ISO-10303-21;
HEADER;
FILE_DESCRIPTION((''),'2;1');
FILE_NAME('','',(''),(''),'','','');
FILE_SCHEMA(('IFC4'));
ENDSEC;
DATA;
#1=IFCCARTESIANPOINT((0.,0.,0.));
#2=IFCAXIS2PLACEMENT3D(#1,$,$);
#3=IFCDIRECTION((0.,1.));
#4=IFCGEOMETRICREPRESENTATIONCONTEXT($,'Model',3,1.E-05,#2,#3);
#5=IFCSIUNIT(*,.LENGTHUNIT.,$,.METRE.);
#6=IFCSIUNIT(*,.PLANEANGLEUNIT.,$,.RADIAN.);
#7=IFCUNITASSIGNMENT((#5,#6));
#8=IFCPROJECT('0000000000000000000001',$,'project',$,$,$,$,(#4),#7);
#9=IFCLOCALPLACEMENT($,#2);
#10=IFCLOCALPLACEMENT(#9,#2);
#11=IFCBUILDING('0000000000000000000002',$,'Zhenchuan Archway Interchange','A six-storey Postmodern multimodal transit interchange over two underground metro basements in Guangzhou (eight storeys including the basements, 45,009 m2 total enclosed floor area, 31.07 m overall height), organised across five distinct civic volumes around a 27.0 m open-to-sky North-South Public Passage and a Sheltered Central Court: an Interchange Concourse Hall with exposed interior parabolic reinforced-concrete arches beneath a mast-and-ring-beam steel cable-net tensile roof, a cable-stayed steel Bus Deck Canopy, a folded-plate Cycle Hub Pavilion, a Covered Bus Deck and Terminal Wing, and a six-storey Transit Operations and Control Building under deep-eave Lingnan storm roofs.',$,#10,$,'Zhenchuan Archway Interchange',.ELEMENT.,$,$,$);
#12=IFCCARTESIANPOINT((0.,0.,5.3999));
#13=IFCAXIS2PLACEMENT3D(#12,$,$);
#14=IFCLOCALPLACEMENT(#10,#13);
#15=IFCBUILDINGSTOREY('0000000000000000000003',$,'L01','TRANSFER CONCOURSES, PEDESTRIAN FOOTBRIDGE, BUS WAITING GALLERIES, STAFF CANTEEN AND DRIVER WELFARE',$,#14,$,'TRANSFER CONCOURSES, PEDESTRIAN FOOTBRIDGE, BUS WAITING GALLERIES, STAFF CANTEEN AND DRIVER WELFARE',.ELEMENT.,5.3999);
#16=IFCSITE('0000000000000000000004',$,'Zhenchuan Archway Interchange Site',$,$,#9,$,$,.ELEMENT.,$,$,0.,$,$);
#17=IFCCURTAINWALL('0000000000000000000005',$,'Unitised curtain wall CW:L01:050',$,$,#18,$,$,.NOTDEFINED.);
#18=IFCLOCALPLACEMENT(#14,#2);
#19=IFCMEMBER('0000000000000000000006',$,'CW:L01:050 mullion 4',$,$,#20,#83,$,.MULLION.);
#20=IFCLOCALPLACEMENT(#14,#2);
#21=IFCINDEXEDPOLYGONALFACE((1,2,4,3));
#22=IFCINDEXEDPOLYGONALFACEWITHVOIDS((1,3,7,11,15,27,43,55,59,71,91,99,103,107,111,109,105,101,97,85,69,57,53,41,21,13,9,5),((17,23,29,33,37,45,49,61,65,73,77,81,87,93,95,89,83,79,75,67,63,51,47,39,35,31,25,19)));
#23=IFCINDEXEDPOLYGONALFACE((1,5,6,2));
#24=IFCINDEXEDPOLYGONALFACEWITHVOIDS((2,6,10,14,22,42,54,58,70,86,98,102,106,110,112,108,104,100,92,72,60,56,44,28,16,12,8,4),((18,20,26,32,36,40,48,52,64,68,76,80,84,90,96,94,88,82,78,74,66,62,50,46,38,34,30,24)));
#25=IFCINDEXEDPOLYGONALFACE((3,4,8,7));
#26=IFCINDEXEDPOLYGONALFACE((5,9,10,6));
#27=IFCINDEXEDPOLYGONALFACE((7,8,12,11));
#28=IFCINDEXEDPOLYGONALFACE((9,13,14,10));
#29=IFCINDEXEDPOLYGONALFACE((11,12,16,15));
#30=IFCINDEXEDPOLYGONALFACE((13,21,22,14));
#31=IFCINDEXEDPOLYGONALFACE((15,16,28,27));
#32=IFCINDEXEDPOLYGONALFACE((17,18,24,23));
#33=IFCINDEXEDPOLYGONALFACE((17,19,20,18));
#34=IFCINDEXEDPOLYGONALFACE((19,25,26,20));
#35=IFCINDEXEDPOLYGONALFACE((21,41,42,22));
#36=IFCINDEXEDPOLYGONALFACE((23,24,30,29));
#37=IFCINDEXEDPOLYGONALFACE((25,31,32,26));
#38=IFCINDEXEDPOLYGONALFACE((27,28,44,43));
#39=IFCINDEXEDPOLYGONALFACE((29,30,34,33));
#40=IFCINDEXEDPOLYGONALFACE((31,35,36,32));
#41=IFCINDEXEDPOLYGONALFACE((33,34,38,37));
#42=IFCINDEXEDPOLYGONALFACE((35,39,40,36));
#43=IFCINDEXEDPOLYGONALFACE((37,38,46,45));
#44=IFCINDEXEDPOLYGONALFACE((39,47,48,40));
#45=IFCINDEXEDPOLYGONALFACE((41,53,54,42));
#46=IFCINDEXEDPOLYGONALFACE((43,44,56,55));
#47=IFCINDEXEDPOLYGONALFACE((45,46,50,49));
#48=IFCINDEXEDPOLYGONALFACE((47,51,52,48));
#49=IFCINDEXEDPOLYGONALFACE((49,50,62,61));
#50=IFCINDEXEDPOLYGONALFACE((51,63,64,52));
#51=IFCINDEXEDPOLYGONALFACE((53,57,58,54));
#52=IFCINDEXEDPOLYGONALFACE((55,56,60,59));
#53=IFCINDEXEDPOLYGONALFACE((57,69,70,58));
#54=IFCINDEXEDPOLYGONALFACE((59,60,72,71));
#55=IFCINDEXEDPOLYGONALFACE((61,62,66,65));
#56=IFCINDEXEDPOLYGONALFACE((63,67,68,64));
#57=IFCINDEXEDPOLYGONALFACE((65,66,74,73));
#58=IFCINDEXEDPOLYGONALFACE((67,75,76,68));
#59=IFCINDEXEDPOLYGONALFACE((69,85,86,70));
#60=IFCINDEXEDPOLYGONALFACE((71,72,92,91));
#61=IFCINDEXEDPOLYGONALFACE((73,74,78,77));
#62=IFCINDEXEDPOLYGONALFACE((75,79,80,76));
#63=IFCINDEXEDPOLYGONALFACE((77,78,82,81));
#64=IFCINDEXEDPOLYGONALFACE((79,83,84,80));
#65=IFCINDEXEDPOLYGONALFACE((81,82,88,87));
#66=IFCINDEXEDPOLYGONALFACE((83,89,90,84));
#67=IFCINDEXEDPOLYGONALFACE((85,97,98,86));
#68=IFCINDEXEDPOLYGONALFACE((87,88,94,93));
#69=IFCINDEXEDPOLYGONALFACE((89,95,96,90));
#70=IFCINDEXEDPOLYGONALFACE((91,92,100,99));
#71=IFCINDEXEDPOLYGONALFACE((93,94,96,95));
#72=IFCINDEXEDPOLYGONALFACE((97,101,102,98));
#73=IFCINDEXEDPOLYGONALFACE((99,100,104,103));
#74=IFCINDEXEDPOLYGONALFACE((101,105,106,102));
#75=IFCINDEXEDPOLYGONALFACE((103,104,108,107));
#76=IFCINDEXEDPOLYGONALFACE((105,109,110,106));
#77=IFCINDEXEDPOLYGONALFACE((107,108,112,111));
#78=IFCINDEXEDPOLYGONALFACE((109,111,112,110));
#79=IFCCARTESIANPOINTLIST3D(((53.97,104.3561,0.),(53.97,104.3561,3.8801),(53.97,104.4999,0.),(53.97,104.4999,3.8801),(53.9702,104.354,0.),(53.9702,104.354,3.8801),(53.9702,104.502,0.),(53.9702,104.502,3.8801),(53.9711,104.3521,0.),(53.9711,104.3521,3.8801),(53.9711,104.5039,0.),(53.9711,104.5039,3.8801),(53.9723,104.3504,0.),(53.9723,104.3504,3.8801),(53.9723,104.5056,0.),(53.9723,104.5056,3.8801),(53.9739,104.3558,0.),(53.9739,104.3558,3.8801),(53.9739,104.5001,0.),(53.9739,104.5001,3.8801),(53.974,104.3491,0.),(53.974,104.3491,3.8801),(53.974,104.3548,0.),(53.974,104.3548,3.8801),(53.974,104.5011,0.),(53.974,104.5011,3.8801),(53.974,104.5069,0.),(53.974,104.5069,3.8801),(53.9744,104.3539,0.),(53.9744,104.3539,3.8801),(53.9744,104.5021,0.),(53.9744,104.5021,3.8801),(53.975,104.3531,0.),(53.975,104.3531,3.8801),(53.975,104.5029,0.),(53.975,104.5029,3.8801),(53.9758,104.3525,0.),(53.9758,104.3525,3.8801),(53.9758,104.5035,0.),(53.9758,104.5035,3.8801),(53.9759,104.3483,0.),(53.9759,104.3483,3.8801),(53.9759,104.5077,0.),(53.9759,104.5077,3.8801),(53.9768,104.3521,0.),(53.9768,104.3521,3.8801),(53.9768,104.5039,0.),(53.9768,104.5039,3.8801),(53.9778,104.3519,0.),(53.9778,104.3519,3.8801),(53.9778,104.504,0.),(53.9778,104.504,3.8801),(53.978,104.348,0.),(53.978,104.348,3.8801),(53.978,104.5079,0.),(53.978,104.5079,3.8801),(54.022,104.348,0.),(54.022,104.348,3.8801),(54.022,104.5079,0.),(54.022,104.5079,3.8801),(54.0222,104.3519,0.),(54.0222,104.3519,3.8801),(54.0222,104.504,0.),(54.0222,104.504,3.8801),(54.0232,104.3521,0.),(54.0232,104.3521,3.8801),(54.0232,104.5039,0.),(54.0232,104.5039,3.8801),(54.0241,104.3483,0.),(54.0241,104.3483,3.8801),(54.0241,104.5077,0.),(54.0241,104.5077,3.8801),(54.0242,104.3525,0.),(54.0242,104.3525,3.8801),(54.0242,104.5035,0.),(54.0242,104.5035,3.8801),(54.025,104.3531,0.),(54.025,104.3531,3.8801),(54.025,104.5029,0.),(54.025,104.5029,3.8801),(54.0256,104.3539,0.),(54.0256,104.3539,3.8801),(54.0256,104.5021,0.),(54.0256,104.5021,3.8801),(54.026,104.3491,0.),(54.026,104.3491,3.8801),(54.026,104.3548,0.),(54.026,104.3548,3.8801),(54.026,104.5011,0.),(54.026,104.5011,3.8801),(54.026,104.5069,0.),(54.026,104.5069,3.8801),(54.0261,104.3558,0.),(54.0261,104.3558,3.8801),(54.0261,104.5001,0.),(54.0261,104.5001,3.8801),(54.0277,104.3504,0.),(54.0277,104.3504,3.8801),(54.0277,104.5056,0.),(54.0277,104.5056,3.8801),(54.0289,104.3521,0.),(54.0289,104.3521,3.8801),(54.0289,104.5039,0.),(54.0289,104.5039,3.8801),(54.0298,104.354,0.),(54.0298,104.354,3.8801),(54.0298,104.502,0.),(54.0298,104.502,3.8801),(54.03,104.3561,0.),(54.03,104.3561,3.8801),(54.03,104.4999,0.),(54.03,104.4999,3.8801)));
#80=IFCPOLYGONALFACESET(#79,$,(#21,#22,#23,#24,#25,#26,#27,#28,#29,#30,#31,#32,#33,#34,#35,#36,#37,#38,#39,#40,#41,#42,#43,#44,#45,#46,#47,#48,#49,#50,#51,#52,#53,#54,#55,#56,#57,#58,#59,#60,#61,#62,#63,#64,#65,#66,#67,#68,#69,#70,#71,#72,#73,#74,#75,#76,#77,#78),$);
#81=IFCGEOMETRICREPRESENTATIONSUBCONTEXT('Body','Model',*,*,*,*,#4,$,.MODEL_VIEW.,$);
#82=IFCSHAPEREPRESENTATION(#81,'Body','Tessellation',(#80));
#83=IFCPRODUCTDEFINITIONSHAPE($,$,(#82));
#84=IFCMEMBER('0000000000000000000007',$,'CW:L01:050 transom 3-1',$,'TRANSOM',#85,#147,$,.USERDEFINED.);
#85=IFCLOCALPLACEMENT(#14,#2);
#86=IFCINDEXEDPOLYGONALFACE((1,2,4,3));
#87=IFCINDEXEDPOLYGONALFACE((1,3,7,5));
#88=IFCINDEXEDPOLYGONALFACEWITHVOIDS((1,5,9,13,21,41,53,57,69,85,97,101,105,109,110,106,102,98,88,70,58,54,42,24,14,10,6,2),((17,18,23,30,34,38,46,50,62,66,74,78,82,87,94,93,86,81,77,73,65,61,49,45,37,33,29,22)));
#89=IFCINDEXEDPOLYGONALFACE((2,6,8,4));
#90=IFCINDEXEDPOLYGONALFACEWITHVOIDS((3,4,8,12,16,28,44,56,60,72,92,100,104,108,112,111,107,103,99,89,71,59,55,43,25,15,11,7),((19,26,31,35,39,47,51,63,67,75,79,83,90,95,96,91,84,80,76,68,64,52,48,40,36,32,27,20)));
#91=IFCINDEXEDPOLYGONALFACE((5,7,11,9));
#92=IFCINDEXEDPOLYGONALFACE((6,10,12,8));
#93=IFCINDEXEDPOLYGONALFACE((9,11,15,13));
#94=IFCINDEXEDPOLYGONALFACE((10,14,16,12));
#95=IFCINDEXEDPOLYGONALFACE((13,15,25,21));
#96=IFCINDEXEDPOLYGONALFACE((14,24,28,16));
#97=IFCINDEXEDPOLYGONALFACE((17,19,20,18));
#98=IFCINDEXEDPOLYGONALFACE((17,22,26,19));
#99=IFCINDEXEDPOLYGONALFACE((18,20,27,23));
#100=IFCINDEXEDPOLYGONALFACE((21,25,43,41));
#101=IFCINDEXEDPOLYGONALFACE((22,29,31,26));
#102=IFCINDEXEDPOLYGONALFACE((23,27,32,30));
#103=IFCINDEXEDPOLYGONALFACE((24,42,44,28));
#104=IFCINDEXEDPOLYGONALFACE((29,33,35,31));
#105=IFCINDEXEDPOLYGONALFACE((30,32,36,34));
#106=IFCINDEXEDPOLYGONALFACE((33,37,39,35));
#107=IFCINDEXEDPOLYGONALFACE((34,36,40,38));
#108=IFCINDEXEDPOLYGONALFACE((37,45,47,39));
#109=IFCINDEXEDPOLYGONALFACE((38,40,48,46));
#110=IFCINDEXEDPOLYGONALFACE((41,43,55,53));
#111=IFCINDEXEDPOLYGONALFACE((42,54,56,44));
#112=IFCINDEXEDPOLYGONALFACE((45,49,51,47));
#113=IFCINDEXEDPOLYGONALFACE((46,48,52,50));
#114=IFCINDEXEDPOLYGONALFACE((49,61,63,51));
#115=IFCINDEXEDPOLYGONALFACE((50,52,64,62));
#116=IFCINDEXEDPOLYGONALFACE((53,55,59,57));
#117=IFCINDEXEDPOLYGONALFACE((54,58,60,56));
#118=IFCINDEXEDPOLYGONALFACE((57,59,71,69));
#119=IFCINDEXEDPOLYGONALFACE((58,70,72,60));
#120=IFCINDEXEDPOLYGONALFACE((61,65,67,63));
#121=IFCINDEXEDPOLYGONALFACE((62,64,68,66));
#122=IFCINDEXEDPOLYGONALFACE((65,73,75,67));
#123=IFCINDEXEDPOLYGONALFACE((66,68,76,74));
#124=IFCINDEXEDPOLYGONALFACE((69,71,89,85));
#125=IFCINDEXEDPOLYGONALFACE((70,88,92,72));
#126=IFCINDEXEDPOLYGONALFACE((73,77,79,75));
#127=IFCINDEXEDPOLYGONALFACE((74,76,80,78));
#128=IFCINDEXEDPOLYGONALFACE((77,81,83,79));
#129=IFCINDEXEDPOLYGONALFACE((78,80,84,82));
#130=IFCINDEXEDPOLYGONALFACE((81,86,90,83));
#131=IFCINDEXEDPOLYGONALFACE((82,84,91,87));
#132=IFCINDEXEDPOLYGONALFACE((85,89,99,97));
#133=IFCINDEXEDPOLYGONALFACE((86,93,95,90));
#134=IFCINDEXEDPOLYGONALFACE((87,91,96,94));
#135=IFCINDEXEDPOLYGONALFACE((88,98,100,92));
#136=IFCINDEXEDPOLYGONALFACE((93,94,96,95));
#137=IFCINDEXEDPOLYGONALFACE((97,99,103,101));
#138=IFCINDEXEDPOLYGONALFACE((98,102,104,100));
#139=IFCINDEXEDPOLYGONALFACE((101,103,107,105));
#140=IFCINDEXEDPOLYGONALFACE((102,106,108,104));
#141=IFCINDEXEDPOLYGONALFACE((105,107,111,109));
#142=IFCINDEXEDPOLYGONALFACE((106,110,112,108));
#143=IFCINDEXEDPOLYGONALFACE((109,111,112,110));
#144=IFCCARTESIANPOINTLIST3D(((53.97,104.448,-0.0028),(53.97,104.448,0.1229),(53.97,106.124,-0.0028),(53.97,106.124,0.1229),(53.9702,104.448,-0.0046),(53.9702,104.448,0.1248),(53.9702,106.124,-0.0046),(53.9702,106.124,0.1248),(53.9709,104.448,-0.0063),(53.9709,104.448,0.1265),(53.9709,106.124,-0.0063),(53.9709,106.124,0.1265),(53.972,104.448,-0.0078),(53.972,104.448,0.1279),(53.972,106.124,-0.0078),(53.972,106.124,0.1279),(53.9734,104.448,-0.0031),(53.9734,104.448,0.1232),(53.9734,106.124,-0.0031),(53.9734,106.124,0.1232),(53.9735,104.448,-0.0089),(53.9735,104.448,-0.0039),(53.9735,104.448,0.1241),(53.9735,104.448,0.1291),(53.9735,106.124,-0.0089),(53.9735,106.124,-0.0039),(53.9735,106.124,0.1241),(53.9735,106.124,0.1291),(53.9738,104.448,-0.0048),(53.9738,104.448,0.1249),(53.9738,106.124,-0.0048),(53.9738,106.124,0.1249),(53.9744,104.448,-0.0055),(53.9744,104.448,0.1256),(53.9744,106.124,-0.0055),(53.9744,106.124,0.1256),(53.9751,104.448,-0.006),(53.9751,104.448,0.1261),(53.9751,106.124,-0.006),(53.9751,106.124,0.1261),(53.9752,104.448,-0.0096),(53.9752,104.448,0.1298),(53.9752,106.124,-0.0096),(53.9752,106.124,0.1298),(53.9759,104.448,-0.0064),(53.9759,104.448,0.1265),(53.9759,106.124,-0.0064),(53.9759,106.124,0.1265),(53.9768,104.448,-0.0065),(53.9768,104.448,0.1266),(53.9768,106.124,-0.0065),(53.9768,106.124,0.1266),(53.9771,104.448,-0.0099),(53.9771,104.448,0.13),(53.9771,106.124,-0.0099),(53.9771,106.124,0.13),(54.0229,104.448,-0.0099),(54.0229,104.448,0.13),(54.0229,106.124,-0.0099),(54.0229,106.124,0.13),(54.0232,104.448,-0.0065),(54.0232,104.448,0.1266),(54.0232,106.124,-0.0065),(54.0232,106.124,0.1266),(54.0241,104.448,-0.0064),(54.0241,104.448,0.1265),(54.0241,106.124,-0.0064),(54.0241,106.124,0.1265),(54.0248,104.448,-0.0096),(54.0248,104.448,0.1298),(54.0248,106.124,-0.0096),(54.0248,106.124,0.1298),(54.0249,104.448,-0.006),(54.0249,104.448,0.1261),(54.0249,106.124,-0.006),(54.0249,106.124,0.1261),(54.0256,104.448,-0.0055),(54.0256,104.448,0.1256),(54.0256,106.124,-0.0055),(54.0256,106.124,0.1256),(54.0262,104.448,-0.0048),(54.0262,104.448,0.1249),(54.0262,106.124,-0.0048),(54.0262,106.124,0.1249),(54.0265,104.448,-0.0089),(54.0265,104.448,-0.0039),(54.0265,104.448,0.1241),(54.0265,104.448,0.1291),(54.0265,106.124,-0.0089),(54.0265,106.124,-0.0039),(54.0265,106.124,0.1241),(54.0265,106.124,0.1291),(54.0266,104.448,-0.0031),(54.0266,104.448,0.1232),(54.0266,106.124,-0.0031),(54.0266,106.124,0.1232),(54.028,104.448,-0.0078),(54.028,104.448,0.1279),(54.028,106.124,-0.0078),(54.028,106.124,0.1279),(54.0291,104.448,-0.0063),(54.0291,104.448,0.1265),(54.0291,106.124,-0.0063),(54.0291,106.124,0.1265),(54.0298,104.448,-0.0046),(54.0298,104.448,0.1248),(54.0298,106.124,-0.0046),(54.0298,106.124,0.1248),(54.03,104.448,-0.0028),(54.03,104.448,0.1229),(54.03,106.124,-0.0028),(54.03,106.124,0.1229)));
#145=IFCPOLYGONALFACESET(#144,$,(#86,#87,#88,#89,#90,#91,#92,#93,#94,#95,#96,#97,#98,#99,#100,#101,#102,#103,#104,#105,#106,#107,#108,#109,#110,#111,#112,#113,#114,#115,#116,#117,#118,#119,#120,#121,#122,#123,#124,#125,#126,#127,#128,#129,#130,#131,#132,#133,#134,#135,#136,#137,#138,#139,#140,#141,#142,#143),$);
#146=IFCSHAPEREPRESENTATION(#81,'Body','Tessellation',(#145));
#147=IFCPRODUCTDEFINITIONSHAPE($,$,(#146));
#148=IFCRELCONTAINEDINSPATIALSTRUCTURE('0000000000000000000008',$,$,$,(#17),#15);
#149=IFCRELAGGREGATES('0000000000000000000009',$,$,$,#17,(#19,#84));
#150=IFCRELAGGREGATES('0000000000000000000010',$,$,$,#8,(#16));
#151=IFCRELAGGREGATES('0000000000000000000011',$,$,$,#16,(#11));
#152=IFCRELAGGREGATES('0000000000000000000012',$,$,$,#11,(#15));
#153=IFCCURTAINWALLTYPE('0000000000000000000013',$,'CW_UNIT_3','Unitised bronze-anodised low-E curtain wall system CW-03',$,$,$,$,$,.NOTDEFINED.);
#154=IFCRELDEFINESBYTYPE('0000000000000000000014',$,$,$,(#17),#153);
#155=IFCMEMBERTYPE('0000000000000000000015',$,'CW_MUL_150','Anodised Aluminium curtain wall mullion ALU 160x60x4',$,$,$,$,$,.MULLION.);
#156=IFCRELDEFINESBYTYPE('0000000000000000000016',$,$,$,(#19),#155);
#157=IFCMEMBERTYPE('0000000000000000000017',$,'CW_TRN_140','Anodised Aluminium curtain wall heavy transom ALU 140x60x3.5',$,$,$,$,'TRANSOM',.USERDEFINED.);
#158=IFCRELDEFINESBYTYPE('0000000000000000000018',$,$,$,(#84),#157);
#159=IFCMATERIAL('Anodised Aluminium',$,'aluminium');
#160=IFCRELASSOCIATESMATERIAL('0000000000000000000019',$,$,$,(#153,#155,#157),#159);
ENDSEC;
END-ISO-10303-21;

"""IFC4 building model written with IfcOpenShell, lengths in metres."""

from ifc_helpers import new_model, si_unit, direction, frame, origin, origin_2d, place, context, subcontext, project, spatial, hollow_rectangle, extrude, material, material_profile, profile_set, type_object, element, aggregate, save


model = new_model("IFC4")

# Units and contexts
model_context = context("Model", 3, precision=1e-05, world=origin(), true_north=direction((0.0, 1.0)))
body_context = subcontext(model_context, "Body", "Model", "MODEL_VIEW")
ifc_project = project(units=[si_unit("LENGTHUNIT", "METRE"), si_unit("PLANEANGLEUNIT", "RADIAN")], contexts=[model_context])

# Site, building, storey
site_placement = place(None, origin())
site = spatial("IfcSite", under=ifc_project, at=site_placement, Name="Zhenchuan Archway Interchange Site", CompositionType="ELEMENT", RefElevation=0.0)
building_placement = place(site_placement, origin())
building = spatial("IfcBuilding", under=site, at=building_placement, Name="Zhenchuan Archway Interchange", Description="A six-storey Postmodern multimodal transit interchange over two underground metro basements in Guangzhou (eight storeys including the basements, 45,009 m2 total enclosed floor area, 31.07 m overall height), organised across five distinct civic volumes around a 27.0 m open-to-sky North-South Public Passage and a Sheltered Central Court: an Interchange Concourse Hall with exposed interior parabolic reinforced-concrete arches beneath a mast-and-ring-beam steel cable-net tensile roof, a cable-stayed steel Bus Deck Canopy, a folded-plate Cycle Hub Pavilion, a Covered Bus Deck and Terminal Wing, and a six-storey Transit Operations and Control Building under deep-eave Lingnan storm roofs.", LongName="Zhenchuan Archway Interchange", CompositionType="ELEMENT")
storey_placement = place(building_placement, frame((0.0, 0.0, 5.3999)))
storey = spatial("IfcBuildingStorey", under=building, at=storey_placement, Name="L01", Description="TRANSFER CONCOURSES, PEDESTRIAN FOOTBRIDGE, BUS WAITING GALLERIES, STAFF CANTEEN AND DRIVER WELFARE", LongName="TRANSFER CONCOURSES, PEDESTRIAN FOOTBRIDGE, BUS WAITING GALLERIES, STAFF CANTEEN AND DRIVER WELFARE", CompositionType="ELEMENT", Elevation=5.3999)

# Curtain wall, members
ifc_material_1 = material(Name="Anodised Aluminium", Category="aluminium")
curtain_wall_type = type_object("IfcCurtainWallType", Name="CW_UNIT_3", Description="Unitised bronze-anodised low-E curtain wall system CW-03", PredefinedType="NOTDEFINED", material=ifc_material_1)
curtain_wall_placement = place(storey_placement, origin())
curtain_wall = element("IfcCurtainWall", 1, at=curtain_wall_placement, inside=storey, type_object=curtain_wall_type, Name="Unitised curtain wall CW:L01:050", PredefinedType="NOTDEFINED")
ifc_material_profile_1 = material_profile(ifc_material_1, hollow_rectangle(XDim=0.0601, YDim=0.1599, WallThickness=0.0039, InnerFilletRadius=0.0039, OuterFilletRadius=0.0081, at=origin_2d()), Name="ALU 160x60x4")
ifc_profile_set_1 = profile_set([ifc_material_profile_1], Name="Anodised Aluminium")
member_type_1 = type_object("IfcMemberType", Name="CW_MUL_150", Description="Anodised Aluminium curtain wall mullion ALU 160x60x4", PredefinedType="MULLION", material=ifc_profile_set_1)
member_1_placement = place(storey_placement, frame((54.0, 104.428, 0.0), z_axis=(0.0, 0.0, 1.0), x_axis=(1.0, 0.0, 0.0)))
member_1 = element("IfcMember", 2, at=member_1_placement, type_object=member_type_1, Name="CW:L01:050 mullion 4", PredefinedType="MULLION", context=body_context, shape_type="SweptSolid", body=[
    extrude(hollow_rectangle(XDim=0.0601, YDim=0.1599, WallThickness=0.0039, InnerFilletRadius=0.0039, OuterFilletRadius=0.0081, at=origin_2d()), origin(), (0.0, 0.0, 1.0), 3.8801),
])
ifc_material_profile_2 = material_profile(ifc_material_1, hollow_rectangle(XDim=0.0601, YDim=0.1399, WallThickness=0.0034, InnerFilletRadius=0.0034, OuterFilletRadius=0.0071, at=origin_2d()), Name="ALU 140x60x3.5")
ifc_profile_set_2 = profile_set([ifc_material_profile_2], Name="Anodised Aluminium")
member_type_2 = type_object("IfcMemberType", Name="CW_TRN_140", Description="Anodised Aluminium curtain wall heavy transom ALU 140x60x3.5", ElementType="TRANSOM", PredefinedType="USERDEFINED", material=ifc_profile_set_2)
member_2_placement = place(storey_placement, frame((54.0, 106.124, 0.0601), z_axis=(0.0, -1.0, 0.0), x_axis=(1.0, 0.0, 0.0)))
member_2 = element("IfcMember", 3, at=member_2_placement, type_object=member_type_2, Name="CW:L01:050 transom 3-1", ObjectType="TRANSOM", PredefinedType="USERDEFINED", context=body_context, shape_type="SweptSolid", body=[
    extrude(hollow_rectangle(XDim=0.0601, YDim=0.1399, WallThickness=0.0034, InnerFilletRadius=0.0034, OuterFilletRadius=0.0071, at=origin_2d()), origin(), (0.0, 0.0, 1.0), 1.676),
])

aggregate(curtain_wall, [member_1, member_2])

save(model, "model.ifc")
